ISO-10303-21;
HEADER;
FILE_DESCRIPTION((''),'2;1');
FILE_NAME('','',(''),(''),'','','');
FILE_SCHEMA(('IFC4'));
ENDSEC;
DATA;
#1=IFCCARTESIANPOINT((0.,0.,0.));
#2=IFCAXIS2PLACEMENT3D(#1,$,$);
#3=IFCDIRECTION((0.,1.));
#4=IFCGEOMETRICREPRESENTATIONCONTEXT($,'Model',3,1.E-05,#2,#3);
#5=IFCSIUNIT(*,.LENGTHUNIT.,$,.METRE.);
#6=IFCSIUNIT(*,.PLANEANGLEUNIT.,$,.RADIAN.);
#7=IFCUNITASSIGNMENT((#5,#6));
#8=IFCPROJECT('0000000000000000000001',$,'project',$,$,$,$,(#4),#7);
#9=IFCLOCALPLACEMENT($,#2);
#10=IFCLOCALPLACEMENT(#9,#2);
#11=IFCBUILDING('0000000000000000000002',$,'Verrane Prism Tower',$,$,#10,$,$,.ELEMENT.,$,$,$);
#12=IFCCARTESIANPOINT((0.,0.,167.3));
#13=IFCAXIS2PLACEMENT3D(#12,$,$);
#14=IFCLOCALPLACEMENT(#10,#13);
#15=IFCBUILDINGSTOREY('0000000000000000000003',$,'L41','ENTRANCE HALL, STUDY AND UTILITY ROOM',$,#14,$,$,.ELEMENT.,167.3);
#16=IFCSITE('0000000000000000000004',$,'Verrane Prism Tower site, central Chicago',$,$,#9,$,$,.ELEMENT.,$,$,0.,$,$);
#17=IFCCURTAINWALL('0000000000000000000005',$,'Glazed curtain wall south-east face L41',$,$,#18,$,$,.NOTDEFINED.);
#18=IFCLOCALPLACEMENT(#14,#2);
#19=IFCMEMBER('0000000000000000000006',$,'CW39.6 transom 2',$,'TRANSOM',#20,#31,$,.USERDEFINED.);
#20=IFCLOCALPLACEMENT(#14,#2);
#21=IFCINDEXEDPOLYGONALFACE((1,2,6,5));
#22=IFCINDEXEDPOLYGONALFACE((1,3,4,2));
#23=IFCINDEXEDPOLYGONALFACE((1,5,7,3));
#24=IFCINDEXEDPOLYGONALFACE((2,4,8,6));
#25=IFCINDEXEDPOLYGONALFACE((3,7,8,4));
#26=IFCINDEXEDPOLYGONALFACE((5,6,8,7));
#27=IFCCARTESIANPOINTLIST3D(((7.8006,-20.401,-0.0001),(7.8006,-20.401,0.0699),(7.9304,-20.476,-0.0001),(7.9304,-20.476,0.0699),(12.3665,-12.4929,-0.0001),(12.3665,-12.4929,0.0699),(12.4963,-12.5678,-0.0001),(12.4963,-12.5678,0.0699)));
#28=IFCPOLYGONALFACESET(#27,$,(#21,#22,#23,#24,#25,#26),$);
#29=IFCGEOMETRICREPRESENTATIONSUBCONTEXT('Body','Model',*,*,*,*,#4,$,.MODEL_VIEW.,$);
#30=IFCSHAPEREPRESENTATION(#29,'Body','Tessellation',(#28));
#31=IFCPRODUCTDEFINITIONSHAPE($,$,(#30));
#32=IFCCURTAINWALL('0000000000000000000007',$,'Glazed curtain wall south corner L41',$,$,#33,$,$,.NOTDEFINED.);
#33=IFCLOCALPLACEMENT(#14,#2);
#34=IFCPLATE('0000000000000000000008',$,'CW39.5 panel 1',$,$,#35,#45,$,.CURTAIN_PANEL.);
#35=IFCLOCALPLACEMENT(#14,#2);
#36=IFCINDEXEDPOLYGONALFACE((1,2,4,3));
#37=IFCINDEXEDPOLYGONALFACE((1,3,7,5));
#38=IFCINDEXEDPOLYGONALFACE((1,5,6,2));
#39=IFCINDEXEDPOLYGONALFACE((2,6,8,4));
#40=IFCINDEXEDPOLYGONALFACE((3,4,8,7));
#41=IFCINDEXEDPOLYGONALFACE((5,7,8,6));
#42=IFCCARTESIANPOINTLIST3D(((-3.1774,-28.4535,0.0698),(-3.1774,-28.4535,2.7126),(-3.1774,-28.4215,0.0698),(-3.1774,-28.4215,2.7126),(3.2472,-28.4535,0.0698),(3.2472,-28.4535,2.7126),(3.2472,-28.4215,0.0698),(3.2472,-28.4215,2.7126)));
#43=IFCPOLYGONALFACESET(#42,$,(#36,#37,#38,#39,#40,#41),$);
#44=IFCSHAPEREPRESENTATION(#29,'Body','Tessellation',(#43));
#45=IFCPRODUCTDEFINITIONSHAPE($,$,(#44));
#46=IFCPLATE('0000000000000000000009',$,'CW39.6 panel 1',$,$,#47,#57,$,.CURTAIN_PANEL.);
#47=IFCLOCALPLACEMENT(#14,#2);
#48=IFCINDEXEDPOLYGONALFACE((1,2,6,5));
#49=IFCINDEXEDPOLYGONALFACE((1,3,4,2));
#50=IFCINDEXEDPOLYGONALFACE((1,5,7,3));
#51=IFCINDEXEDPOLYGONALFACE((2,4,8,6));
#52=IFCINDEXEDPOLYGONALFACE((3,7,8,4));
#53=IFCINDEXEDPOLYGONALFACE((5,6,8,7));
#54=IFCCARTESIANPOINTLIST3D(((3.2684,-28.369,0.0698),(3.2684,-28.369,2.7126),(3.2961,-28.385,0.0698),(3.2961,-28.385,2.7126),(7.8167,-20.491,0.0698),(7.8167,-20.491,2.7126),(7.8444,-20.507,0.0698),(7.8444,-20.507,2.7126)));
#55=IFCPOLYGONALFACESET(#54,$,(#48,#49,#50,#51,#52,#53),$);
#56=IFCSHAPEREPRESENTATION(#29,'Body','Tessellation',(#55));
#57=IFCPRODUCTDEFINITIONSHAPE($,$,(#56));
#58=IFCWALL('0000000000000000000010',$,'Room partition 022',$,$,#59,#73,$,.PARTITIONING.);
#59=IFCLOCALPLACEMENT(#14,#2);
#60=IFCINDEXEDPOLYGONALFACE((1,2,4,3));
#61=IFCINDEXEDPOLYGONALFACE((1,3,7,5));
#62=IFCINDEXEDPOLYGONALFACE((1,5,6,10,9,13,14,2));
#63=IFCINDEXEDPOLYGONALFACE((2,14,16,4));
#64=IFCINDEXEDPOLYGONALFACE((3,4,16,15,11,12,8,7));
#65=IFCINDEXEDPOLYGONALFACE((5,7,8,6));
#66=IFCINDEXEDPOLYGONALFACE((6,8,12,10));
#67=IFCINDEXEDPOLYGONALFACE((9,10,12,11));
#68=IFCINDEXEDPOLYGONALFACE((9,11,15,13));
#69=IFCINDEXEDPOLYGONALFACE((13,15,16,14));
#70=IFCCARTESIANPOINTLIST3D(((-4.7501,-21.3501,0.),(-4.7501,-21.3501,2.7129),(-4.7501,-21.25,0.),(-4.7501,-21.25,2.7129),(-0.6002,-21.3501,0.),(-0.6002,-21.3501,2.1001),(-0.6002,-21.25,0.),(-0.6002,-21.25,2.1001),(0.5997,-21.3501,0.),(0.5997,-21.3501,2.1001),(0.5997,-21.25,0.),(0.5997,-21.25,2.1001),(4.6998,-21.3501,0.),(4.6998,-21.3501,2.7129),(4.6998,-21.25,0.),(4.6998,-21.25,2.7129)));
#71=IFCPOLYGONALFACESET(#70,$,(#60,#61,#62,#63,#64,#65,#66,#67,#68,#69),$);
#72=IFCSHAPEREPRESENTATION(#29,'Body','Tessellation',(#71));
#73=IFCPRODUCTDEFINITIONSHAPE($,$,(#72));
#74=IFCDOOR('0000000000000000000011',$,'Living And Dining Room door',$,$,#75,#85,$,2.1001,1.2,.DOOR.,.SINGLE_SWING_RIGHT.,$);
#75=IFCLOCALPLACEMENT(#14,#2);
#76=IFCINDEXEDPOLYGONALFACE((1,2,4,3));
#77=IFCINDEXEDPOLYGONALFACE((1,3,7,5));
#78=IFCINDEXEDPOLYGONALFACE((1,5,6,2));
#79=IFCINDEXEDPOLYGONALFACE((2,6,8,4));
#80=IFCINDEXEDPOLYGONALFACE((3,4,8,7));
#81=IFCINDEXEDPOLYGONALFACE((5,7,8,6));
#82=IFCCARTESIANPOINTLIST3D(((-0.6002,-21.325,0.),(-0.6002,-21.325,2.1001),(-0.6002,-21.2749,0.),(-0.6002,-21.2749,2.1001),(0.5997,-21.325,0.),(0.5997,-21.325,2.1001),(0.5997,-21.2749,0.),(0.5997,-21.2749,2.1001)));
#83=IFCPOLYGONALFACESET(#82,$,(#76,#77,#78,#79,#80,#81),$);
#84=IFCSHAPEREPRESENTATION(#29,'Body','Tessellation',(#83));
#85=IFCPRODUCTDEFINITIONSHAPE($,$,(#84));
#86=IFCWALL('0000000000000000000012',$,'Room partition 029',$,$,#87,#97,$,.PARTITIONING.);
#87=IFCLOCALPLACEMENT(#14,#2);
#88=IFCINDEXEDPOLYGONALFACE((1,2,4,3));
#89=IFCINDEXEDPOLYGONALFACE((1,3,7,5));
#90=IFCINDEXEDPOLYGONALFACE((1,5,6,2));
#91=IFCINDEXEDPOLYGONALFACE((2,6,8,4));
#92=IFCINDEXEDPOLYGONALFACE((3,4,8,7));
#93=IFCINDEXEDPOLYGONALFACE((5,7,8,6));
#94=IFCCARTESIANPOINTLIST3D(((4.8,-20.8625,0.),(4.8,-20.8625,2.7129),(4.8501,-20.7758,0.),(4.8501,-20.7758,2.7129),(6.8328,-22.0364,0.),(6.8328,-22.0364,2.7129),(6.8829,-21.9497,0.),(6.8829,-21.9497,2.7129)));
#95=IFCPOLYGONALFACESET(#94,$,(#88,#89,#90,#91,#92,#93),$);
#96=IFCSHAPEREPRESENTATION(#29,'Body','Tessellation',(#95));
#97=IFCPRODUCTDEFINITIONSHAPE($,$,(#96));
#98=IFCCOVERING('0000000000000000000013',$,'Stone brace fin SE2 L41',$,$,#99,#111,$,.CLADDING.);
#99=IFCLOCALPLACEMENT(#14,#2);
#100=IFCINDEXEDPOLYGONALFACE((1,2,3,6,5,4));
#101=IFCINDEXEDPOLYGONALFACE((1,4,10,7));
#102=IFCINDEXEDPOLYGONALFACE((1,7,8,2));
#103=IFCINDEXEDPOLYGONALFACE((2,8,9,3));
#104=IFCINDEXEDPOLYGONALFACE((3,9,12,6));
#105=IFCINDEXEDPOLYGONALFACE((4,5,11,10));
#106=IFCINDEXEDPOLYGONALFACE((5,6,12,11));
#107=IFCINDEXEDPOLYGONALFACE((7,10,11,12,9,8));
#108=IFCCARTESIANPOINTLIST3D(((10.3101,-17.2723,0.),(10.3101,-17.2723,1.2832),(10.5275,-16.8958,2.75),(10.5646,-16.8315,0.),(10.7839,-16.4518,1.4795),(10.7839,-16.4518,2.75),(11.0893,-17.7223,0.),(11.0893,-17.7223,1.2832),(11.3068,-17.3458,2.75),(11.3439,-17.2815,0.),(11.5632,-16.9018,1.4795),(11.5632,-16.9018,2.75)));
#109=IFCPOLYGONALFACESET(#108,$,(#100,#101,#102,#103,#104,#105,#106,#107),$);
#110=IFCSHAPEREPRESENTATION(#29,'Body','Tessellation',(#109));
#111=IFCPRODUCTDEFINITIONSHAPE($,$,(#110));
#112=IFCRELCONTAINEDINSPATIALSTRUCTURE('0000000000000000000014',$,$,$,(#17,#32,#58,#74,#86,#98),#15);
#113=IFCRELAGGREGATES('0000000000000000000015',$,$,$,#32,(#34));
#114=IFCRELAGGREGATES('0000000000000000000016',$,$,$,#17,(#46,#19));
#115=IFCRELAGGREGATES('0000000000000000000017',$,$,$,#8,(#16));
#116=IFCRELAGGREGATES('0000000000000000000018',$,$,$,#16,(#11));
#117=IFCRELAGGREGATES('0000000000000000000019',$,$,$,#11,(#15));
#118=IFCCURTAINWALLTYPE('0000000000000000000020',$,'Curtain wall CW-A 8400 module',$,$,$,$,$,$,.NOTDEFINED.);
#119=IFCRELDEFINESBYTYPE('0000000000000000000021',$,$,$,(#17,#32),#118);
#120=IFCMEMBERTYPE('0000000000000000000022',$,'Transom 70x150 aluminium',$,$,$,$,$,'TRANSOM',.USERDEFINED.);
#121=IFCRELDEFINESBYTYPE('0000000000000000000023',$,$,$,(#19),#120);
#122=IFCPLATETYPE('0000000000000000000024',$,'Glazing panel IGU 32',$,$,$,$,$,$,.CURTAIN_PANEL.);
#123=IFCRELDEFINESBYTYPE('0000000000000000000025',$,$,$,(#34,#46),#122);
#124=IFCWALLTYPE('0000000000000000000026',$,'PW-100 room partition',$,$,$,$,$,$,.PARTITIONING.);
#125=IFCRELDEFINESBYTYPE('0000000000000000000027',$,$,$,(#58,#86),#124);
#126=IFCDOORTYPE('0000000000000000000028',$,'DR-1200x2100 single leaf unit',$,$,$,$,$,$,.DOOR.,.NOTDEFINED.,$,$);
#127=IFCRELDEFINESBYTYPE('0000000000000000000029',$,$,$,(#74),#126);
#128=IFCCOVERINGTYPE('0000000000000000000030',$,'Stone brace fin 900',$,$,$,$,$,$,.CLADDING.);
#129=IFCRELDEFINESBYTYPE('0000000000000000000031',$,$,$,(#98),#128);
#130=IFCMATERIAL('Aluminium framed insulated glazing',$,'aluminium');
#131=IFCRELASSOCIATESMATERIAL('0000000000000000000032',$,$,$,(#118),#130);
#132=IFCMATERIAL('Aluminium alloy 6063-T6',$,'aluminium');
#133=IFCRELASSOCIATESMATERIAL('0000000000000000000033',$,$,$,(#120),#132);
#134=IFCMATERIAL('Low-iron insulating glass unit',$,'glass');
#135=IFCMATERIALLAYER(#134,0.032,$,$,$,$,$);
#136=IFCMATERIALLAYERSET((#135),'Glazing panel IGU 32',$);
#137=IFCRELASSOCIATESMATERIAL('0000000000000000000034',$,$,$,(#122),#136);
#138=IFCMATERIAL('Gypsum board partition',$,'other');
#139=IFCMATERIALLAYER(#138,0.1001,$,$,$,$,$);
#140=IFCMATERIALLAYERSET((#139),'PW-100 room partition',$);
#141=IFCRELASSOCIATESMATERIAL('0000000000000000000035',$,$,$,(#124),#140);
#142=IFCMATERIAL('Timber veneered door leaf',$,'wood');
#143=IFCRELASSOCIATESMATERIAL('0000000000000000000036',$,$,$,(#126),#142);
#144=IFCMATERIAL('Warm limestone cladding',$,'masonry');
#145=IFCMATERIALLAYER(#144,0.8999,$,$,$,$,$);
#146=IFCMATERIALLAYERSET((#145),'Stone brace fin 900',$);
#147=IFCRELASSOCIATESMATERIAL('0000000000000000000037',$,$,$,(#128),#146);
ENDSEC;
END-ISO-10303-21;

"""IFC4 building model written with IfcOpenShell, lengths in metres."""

from ifc_helpers import new_model, si_unit, direction, frame, frame_2d, origin, origin_2d, place, context, subcontext, project, spatial, polyline, rectangle, outline, extrude, material, layer, layer_set, material_profile, profile_set, type_object, element, fill, aggregate, save


model = new_model("IFC4")

# Units and contexts
model_context = context("Model", 3, precision=1e-05, world=origin(), true_north=direction((0.0, 1.0)))
body_context = subcontext(model_context, "Body", "Model", "MODEL_VIEW")
ifc_project = project(units=[si_unit("LENGTHUNIT", "METRE"), si_unit("PLANEANGLEUNIT", "RADIAN")], contexts=[model_context])

# Site, building, storey
site_placement = place(None, origin())
site = spatial("IfcSite", under=ifc_project, at=site_placement, Name="Verrane Prism Tower site, central Chicago", CompositionType="ELEMENT", RefElevation=0.0)
building_placement = place(site_placement, origin())
building = spatial("IfcBuilding", under=site, at=building_placement, Name="Verrane Prism Tower", CompositionType="ELEMENT")
storey_placement = place(building_placement, frame((0.0, 0.0, 167.3)))
storey = spatial("IfcBuildingStorey", under=building, at=storey_placement, Name="L41", Description="ENTRANCE HALL, STUDY AND UTILITY ROOM", CompositionType="ELEMENT", Elevation=167.3)

# Curtain wall
ifc_material_1 = material(Name="Aluminium framed insulated glazing", Category="aluminium")
curtain_wall_type = type_object("IfcCurtainWallType", Name="Curtain wall CW-A 8400 module", PredefinedType="NOTDEFINED", material=ifc_material_1)
curtain_wall_1_placement = place(storey_placement, origin())
curtain_wall_1 = element("IfcCurtainWall", 1, at=curtain_wall_1_placement, inside=storey, type_object=curtain_wall_type, Name="Glazed curtain wall south-east face L41", PredefinedType="NOTDEFINED")

# Member
ifc_material_2 = material(Name="Aluminium alloy 6063-T6", Category="aluminium")
ifc_material_profile_1 = material_profile(ifc_material_2, rectangle(XDim=0.1499, YDim=0.0701, at=origin_2d()), Name="Transom 70x150 aluminium")
ifc_profile_set_1 = profile_set([ifc_material_profile_1], Name="Aluminium alloy 6063-T6")
member_type_1 = type_object("IfcMemberType", Name="Transom 70x150 aluminium", ElementType="TRANSOM", PredefinedType="USERDEFINED", material=ifc_profile_set_1)
member_1_placement = place(storey_placement, frame((7.8655, -20.4385, 0.0349), z_axis=(0.500009, 0.86602, 0.0), x_axis=(-0.86602, 0.500009, 0.0)))
member_1 = element("IfcMember", 2, at=member_1_placement, type_object=member_type_1, Name="CW39.6 transom 2", ObjectType="TRANSOM", PredefinedType="USERDEFINED", context=body_context, shape_type="SweptSolid", body=[
    extrude(rectangle(XDim=0.1499, YDim=0.0701, at=origin_2d()), origin(), (0.0, 0.0, 1.0), 9.1316),
])

# Curtain wall, plate
curtain_wall_2_placement = place(storey_placement, origin())
curtain_wall_2 = element("IfcCurtainWall", 3, at=curtain_wall_2_placement, inside=storey, type_object=curtain_wall_type, Name="Glazed curtain wall south corner L41", PredefinedType="NOTDEFINED")
ifc_material_3 = material(Name="Low-iron insulating glass unit", Category="glass")
ifc_layer_1 = layer(ifc_material_3, 0.032)
ifc_layer_set_1 = layer_set([ifc_layer_1], Name="Glazing panel IGU 32")
plate_type = type_object("IfcPlateType", Name="Glazing panel IGU 32", PredefinedType="CURTAIN_PANEL", material=ifc_layer_set_1)
plate_1_placement = place(storey_placement, frame((0.0349, -28.4375, 0.0698), z_axis=(0.0, 0.0, 1.0), x_axis=(1.0, 0.0, 0.0)))
plate_1 = element("IfcPlate", 4, at=plate_1_placement, type_object=plate_type, Name="CW39.5 panel 1", PredefinedType="CURTAIN_PANEL", context=body_context, shape_type="SweptSolid", body=[
    extrude(rectangle(XDim=6.4246, YDim=0.032, at=origin_2d()), origin(), (0.0, 0.0, 1.0), 2.6428),
])
aggregate(curtain_wall_2, [plate_1])

# Plate
plate_2_placement = place(storey_placement, frame((5.5564, -24.438, 0.0698), z_axis=(0.0, 0.0, 1.0), x_axis=(0.499999, 0.866026, 0.0)))
plate_2 = element("IfcPlate", 5, at=plate_2_placement, type_object=plate_type, Name="CW39.6 panel 1", PredefinedType="CURTAIN_PANEL", context=body_context, shape_type="SweptSolid", body=[
    extrude(rectangle(XDim=9.0967, YDim=0.032, at=origin_2d()), origin(), (0.0, 0.0, 1.0), 2.6428),
])
aggregate(curtain_wall_1, [plate_2, member_1])

# Wall, opening, door
ifc_material_4 = material(Name="Gypsum board partition", Category="other")
ifc_layer_2 = layer(ifc_material_4, 0.1001)
ifc_layer_set_2 = layer_set([ifc_layer_2], Name="PW-100 room partition")
wall_type = type_object("IfcWallType", Name="PW-100 room partition", PredefinedType="PARTITIONING", material=ifc_layer_set_2)
wall_1_placement = place(storey_placement, frame((4.7, -21.3, 0.0), z_axis=(0.0, 0.0, 1.0), x_axis=(-1.0, 0.0, 0.0)))
wall_1 = element("IfcWall", 6, at=wall_1_placement, inside=storey, type_object=wall_type, Name="Room partition 022", PredefinedType="PARTITIONING", context=body_context, shape_type="SweptSolid", body=[
    extrude(rectangle(XDim=9.45, YDim=0.1001, at=frame_2d((4.7251, 0.0))), origin(), (0.0, 0.0, 1.0), 2.7129),
])
opening_placement = place(wall_1_placement, frame((4.1001, 0.0, 0.0)))
opening = element("IfcOpeningElement", 7, at=opening_placement, cuts=wall_1, PredefinedType="OPENING", context=body_context, shape_type="SweptSolid", body=[
    extrude(rectangle(XDim=1.2, YDim=2.1001, at=frame_2d((0.6001, 1.05))), frame((0.0, 0.0601, 0.0), z_axis=(0.0, -1.0, 0.0), x_axis=(1.0, 0.0, 0.0)), (0.0, 0.0, 1.0), 0.1201),
])
ifc_material_5 = material(Name="Timber veneered door leaf", Category="wood")
door_type = type_object("IfcDoorType", Name="DR-1200x2100 single leaf unit", OperationType="NOTDEFINED", PredefinedType="DOOR", material=ifc_material_5)
door_placement = place(opening_placement, origin())
door = element("IfcDoor", 8, at=door_placement, inside=storey, type_object=door_type, Name="Living And Dining Room door", OperationType="SINGLE_SWING_RIGHT", OverallHeight=2.1001, OverallWidth=1.2, PredefinedType="DOOR", context=body_context, shape_type="SweptSolid", body=[
    extrude(rectangle(XDim=1.2, YDim=2.1001, at=frame_2d((0.6001, 1.05))), frame((0.0, 0.0249, 0.0), z_axis=(0.0, -1.0, 0.0), x_axis=(1.0, 0.0, 0.0)), (0.0, 0.0, 1.0), 0.05),
])
fill(opening, door)

# Wall
wall_2_placement = place(storey_placement, frame((4.825, -20.8191, 0.0), z_axis=(0.0, 0.0, 1.0), x_axis=(0.865981, -0.500077, 0.0)))
element("IfcWall", 9, at=wall_2_placement, inside=storey, type_object=wall_type, Name="Room partition 029", PredefinedType="PARTITIONING", context=body_context, shape_type="SweptSolid", body=[
    extrude(rectangle(XDim=2.3474, YDim=0.1001, at=frame_2d((1.1738, 0.0))), origin(), (0.0, 0.0, 1.0), 2.7129),
])

# Covering
ifc_material_6 = material(Name="Warm limestone cladding", Category="masonry")
ifc_layer_3 = layer(ifc_material_6, 0.8999)
ifc_layer_set_3 = layer_set([ifc_layer_3], Name="Stone brace fin 900")
covering_type = type_object("IfcCoveringType", Name="Stone brace fin 900", PredefinedType="CLADDING", material=ifc_layer_set_3)
covering_placement = place(storey_placement, frame((10.6997, -17.4973, 0.0), z_axis=(0.0, 0.0, 1.0), x_axis=(0.500102, 0.865967, 0.0)))
element("IfcCovering", 10, at=covering_placement, inside=storey, type_object=covering_type, Name="Stone brace fin SE2 L41", PredefinedType="CLADDING", context=body_context, shape_type="SweptSolid", body=[
    extrude(outline(polyline([(0.9475, 2.75), (0.4348, 2.75), (0.0, 1.2832), (0.0, 0.0), (0.509, 0.0), (0.9475, 1.4795), (0.9475, 2.75)])), frame((0.0, 0.45, 0.0), z_axis=(0.0, -1.0, 0.0), x_axis=(1.0, 0.0, 0.0)), (0.0, 0.0, 1.0), 0.8999),
])

save(model, "model.ifc")
